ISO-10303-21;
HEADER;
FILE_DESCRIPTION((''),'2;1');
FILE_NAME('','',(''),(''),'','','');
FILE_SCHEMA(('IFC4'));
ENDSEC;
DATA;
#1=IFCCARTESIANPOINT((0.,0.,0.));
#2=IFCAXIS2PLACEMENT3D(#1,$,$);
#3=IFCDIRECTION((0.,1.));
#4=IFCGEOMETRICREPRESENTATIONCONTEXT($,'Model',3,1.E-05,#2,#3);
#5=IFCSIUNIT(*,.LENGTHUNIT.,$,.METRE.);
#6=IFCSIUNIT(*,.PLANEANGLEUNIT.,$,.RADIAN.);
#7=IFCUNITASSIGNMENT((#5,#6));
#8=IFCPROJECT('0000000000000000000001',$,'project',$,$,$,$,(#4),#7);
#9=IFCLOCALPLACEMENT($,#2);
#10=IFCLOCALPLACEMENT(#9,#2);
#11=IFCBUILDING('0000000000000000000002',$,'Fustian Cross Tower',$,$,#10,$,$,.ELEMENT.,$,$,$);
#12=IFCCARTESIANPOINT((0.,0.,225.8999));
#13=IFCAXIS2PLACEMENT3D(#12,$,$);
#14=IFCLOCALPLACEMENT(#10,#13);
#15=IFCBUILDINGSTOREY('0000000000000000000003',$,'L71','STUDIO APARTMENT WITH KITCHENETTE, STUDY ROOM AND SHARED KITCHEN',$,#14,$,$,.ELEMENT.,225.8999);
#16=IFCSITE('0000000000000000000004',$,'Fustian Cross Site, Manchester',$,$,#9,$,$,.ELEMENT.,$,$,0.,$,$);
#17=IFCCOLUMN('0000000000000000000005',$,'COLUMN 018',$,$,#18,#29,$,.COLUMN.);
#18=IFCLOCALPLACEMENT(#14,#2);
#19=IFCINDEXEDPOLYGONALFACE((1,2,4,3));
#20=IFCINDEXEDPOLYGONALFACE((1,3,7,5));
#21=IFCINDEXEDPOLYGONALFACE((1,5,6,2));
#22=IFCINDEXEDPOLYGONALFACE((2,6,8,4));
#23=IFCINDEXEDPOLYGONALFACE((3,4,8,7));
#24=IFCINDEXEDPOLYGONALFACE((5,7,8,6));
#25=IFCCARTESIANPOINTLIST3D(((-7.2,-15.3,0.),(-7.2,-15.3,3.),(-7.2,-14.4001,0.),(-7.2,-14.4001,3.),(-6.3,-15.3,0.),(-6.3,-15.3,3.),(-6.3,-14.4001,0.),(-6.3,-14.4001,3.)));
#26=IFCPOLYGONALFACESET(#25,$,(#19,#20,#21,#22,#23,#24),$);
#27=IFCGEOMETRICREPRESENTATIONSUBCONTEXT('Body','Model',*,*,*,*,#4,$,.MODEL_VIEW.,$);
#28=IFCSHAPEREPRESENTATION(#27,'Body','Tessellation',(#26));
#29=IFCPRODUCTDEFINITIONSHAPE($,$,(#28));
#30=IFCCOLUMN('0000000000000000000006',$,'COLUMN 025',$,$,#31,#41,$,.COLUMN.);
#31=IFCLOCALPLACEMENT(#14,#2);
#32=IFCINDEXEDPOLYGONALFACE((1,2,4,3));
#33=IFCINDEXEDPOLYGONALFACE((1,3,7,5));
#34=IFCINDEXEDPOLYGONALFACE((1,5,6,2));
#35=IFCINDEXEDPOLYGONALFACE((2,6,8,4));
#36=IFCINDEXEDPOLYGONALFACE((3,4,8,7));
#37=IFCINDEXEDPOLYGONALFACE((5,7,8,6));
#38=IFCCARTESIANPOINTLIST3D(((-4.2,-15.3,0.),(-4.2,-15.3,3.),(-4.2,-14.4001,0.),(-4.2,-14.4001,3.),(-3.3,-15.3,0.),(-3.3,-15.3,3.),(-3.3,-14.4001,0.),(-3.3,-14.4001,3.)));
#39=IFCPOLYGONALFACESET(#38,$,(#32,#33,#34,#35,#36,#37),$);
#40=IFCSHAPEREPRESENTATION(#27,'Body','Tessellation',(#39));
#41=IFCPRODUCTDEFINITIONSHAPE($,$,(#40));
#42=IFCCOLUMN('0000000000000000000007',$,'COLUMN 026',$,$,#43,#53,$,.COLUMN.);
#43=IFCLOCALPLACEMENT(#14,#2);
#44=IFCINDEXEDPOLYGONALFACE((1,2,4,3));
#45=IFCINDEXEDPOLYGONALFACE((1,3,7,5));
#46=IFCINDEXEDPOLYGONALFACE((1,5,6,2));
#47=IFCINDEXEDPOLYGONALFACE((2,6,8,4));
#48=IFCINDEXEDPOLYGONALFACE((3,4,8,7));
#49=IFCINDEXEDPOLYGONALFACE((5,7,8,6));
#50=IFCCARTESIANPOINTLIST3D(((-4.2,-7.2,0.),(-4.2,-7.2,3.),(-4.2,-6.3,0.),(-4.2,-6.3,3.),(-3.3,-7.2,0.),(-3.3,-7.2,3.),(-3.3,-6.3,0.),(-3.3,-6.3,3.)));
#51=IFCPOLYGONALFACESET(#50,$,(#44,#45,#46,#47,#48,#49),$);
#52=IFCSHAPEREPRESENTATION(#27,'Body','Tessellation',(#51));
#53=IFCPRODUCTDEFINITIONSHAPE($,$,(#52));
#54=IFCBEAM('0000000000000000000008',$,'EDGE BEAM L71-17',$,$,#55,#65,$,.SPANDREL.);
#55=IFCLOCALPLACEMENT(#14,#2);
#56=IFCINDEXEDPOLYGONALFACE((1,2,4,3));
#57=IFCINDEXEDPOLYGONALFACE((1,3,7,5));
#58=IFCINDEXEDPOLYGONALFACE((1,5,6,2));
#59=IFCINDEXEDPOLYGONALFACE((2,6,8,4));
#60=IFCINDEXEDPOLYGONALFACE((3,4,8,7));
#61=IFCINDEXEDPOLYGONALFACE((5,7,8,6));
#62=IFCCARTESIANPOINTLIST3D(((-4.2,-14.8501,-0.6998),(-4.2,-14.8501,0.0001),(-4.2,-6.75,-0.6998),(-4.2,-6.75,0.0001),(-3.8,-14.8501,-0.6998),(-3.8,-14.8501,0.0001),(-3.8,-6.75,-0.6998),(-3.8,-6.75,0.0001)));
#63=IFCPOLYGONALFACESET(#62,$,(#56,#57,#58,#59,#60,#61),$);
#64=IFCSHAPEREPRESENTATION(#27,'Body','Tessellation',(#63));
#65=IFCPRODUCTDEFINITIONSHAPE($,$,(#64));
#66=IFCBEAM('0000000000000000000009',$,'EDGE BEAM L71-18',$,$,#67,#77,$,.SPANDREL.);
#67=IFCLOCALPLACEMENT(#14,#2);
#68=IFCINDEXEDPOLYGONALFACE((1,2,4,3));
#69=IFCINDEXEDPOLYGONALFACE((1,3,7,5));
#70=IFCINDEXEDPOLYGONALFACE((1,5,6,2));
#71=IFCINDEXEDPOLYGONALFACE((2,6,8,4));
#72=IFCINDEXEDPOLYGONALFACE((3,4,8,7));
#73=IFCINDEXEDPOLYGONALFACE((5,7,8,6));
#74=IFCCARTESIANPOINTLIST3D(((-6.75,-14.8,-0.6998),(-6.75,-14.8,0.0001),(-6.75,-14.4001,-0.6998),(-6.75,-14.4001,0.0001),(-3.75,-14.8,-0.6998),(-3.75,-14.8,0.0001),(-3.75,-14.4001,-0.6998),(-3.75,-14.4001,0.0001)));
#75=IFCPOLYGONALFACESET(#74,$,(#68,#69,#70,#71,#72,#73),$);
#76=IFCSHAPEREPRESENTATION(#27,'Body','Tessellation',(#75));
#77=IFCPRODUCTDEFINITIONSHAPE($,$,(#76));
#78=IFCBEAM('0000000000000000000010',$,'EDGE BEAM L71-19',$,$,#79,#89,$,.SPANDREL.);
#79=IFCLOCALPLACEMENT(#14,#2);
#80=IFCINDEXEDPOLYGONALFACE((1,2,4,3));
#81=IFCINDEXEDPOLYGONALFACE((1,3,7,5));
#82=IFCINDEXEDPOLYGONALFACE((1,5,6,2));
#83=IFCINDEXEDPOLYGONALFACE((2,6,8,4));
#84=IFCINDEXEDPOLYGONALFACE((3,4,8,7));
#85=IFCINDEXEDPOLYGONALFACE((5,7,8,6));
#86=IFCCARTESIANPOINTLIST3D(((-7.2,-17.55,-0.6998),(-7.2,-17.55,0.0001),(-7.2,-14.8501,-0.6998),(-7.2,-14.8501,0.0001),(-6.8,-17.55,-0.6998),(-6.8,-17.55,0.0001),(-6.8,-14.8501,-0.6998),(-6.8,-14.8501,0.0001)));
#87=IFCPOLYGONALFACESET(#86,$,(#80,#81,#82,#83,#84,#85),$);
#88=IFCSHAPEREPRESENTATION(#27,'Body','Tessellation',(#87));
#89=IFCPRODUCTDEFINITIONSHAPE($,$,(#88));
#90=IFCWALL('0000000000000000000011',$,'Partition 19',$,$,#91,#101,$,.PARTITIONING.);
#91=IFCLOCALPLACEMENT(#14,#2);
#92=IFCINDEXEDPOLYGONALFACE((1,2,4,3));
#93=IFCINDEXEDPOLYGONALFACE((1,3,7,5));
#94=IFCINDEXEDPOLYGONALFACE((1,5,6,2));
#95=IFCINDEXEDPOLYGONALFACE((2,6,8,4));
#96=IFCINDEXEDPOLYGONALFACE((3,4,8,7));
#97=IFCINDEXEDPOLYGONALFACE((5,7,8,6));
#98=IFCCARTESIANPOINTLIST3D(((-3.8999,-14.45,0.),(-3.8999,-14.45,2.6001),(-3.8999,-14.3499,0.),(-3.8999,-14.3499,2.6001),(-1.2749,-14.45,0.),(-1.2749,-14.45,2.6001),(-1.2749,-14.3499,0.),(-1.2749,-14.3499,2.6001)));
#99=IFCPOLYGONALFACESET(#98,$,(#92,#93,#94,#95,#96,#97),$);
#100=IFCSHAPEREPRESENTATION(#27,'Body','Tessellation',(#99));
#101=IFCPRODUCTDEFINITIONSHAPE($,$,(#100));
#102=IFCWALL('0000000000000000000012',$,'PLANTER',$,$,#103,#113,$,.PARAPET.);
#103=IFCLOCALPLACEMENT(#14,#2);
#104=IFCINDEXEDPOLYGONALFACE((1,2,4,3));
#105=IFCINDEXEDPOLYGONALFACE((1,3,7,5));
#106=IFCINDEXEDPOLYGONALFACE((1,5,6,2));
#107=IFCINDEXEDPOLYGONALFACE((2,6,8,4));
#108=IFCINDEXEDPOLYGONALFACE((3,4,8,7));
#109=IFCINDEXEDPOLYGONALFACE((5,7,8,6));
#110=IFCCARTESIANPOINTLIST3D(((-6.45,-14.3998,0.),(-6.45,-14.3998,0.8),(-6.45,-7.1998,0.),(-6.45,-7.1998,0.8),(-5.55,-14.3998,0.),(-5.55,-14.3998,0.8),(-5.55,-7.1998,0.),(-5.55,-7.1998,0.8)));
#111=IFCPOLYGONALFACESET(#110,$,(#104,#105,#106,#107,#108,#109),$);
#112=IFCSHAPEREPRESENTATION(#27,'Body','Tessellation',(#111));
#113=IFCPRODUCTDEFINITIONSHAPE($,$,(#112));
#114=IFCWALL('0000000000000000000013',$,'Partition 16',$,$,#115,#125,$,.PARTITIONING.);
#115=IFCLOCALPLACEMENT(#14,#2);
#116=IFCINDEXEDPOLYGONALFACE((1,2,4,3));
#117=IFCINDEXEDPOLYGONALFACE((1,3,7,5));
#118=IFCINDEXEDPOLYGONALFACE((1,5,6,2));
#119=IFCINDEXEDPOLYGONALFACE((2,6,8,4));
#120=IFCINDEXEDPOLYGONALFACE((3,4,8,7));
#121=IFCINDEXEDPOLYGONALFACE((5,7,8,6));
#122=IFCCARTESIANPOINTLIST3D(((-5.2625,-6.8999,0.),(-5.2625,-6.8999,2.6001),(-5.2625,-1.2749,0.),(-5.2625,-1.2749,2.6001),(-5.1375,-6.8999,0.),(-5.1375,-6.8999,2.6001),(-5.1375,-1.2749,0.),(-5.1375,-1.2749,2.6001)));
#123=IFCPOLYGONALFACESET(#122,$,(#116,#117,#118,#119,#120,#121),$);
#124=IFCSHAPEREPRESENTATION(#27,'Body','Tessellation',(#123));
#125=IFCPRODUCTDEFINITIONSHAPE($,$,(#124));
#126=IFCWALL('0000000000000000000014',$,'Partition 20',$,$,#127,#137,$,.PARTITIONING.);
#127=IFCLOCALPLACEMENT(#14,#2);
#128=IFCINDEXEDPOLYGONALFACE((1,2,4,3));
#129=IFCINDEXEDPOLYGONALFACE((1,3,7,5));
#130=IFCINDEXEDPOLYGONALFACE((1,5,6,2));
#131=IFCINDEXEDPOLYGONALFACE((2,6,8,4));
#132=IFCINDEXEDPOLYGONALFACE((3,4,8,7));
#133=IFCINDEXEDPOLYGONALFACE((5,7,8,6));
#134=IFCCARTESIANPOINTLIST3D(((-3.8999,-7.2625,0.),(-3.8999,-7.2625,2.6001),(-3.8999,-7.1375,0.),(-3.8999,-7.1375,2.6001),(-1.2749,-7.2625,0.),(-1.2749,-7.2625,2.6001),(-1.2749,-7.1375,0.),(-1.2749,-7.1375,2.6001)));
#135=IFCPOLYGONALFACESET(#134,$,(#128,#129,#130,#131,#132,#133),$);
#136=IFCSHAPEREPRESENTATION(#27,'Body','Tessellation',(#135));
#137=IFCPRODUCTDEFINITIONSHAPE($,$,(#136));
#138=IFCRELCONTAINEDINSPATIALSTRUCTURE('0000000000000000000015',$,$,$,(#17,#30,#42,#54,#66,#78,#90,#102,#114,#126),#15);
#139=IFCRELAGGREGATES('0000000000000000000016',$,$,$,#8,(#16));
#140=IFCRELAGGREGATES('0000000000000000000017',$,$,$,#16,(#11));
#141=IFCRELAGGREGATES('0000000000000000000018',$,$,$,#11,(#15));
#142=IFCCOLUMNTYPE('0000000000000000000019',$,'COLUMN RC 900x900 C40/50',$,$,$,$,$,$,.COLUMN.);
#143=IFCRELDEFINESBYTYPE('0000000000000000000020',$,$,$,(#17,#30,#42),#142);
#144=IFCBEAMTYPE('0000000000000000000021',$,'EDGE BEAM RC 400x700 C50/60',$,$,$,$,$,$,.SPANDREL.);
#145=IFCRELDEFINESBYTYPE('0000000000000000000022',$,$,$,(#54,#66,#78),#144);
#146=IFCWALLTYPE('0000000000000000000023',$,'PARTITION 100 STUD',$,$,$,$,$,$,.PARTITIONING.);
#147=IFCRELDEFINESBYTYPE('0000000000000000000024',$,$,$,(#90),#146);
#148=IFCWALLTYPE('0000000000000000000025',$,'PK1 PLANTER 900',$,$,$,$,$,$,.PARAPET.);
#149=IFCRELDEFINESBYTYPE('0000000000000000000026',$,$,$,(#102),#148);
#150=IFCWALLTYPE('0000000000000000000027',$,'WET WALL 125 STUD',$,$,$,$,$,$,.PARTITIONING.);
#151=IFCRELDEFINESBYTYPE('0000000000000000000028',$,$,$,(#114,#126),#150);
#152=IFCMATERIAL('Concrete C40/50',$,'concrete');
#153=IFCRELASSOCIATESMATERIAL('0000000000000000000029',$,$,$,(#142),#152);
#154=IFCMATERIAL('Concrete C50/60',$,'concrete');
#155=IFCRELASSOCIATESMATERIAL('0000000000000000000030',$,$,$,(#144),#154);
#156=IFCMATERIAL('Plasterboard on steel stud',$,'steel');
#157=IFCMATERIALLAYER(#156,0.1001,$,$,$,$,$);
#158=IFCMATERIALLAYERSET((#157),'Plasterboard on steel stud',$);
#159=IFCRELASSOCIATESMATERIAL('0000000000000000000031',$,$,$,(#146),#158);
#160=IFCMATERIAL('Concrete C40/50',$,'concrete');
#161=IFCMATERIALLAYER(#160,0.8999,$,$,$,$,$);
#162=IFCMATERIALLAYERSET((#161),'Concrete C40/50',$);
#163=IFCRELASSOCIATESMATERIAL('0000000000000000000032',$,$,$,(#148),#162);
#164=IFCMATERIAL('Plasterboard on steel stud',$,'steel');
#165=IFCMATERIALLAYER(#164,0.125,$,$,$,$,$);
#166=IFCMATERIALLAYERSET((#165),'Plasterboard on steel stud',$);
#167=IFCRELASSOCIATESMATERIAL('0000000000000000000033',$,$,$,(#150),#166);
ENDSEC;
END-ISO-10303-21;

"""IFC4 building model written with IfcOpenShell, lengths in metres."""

from ifc_helpers import new_model, si_unit, direction, frame, frame_2d, origin, origin_2d, place, context, subcontext, project, spatial, rectangle, extrude, material, layer, layer_set, material_profile, profile_set, type_object, element, save


model = new_model("IFC4")

# Units and contexts
model_context = context("Model", 3, precision=1e-05, world=origin(), true_north=direction((0.0, 1.0)))
body_context = subcontext(model_context, "Body", "Model", "MODEL_VIEW")
ifc_project = project(units=[si_unit("LENGTHUNIT", "METRE"), si_unit("PLANEANGLEUNIT", "RADIAN")], contexts=[model_context])

# Site, building, storey
site_placement = place(None, origin())
site = spatial("IfcSite", under=ifc_project, at=site_placement, Name="Fustian Cross Site, Manchester", CompositionType="ELEMENT", RefElevation=0.0)
building_placement = place(site_placement, origin())
building = spatial("IfcBuilding", under=site, at=building_placement, Name="Fustian Cross Tower", CompositionType="ELEMENT")
storey_placement = place(building_placement, frame((0.0, 0.0, 225.8999)))
storey = spatial("IfcBuildingStorey", under=building, at=storey_placement, Name="L71", Description="STUDIO APARTMENT WITH KITCHENETTE, STUDY ROOM AND SHARED KITCHEN", CompositionType="ELEMENT", Elevation=225.8999)

# Columns
ifc_material_1 = material(Name="Concrete C40/50", Category="concrete")
ifc_material_profile_1 = material_profile(ifc_material_1, rectangle(XDim=0.8999, YDim=0.8999, at=origin_2d()), Name="RC 900x900")
ifc_profile_set_1 = profile_set([ifc_material_profile_1], Name="Concrete C40/50")
column_type = type_object("IfcColumnType", Name="COLUMN RC 900x900 C40/50", PredefinedType="COLUMN", material=ifc_profile_set_1)
for number, where, z_axis, x_axis, name in (
    (1, (-6.75, -14.8501, 0.0), (0.0, 0.0, 1.0), (1.0, 0.0, 0.0), "COLUMN 018"),
    (2, (-3.75, -14.8501, 0.0), (0.0, 0.0, 1.0), (1.0, 0.0, 0.0), "COLUMN 025"),
    (3, (-3.75, -6.75, 0.0), (0.0, 0.0, 1.0), (1.0, 0.0, 0.0), "COLUMN 026"),
):
    element("IfcColumn", number, at=place(storey_placement, frame(where, z_axis=z_axis, x_axis=x_axis)), inside=storey, type_object=column_type, Name=name, PredefinedType="COLUMN", context=body_context, shape_type="SweptSolid", body=[
        extrude(rectangle(XDim=0.8999, YDim=0.8999, at=origin_2d()), origin(), (0.0, 0.0, 1.0), 3.0),
    ])

# Beams
ifc_material_2 = material(Name="Concrete C50/60", Category="concrete")
ifc_material_profile_2 = material_profile(ifc_material_2, rectangle(XDim=0.3999, YDim=0.7, at=origin_2d()), Name="RC 400x700")
ifc_profile_set_2 = profile_set([ifc_material_profile_2], Name="Concrete C50/60")
beam_type = type_object("IfcBeamType", Name="EDGE BEAM RC 400x700 C50/60", PredefinedType="SPANDREL", material=ifc_profile_set_2)
beam_1_placement = place(storey_placement, frame((-4.0, -6.75, -0.3499), z_axis=(0.0, -1.0, 0.0), x_axis=(1.0, 0.0, 0.0)))
element("IfcBeam", 4, at=beam_1_placement, inside=storey, type_object=beam_type, Name="EDGE BEAM L71-17", PredefinedType="SPANDREL", context=body_context, shape_type="SweptSolid", body=[
    extrude(rectangle(XDim=0.3999, YDim=0.7, at=origin_2d()), origin(), (0.0, 0.0, 1.0), 8.1001),
])
beam_2_placement = place(storey_placement, frame((-3.75, -14.6001, -0.3499), z_axis=(-1.0, 0.0, 0.0), x_axis=(0.0, -1.0, 0.0)))
element("IfcBeam", 5, at=beam_2_placement, inside=storey, type_object=beam_type, Name="EDGE BEAM L71-18", PredefinedType="SPANDREL", context=body_context, shape_type="SweptSolid", body=[
    extrude(rectangle(XDim=0.3999, YDim=0.7, at=origin_2d()), origin(), (0.0, 0.0, 1.0), 3.0),
])
beam_3_placement = place(storey_placement, frame((-7.0, -14.8501, -0.3499), z_axis=(0.0, -1.0, 0.0), x_axis=(1.0, 0.0, 0.0)))
element("IfcBeam", 6, at=beam_3_placement, inside=storey, type_object=beam_type, Name="EDGE BEAM L71-19", PredefinedType="SPANDREL", context=body_context, shape_type="SweptSolid", body=[
    extrude(rectangle(XDim=0.3999, YDim=0.7, at=origin_2d()), origin(), (0.0, 0.0, 1.0), 2.7),
])

# Walls
ifc_material_3 = material(Name="Plasterboard on steel stud", Category="steel")
ifc_layer_1 = layer(ifc_material_3, 0.1001)
ifc_layer_set_1 = layer_set([ifc_layer_1], Name="Plasterboard on steel stud")
wall_type_1 = type_object("IfcWallType", Name="PARTITION 100 STUD", PredefinedType="PARTITIONING", material=ifc_layer_set_1)
wall_1_placement = place(storey_placement, frame((-3.8999, -14.3999, 0.0), z_axis=(0.0, 0.0, 1.0), x_axis=(1.0, 0.0, 0.0)))
element("IfcWall", 7, at=wall_1_placement, inside=storey, type_object=wall_type_1, Name="Partition 19", PredefinedType="PARTITIONING", context=body_context, shape_type="SweptSolid", body=[
    extrude(rectangle(XDim=2.625, YDim=0.1001, at=frame_2d((1.3125, 0.0))), origin(), (0.0, 0.0, 1.0), 2.6001),
])
ifc_material_4 = material(Name="Concrete C40/50", Category="concrete")
ifc_layer_2 = layer(ifc_material_4, 0.8999)
ifc_layer_set_2 = layer_set([ifc_layer_2], Name="Concrete C40/50")
wall_type_2 = type_object("IfcWallType", Name="PK1 PLANTER 900", PredefinedType="PARAPET", material=ifc_layer_set_2)
wall_2_placement = place(storey_placement, frame((-6.0, -14.3999, 0.0), z_axis=(0.0, 0.0, 1.0), x_axis=(0.0, 1.0, 0.0)))
element("IfcWall", 8, at=wall_2_placement, inside=storey, type_object=wall_type_2, Name="PLANTER", PredefinedType="PARAPET", context=body_context, shape_type="SweptSolid", body=[
    extrude(rectangle(XDim=7.2, YDim=0.8999, at=frame_2d((3.6001, 0.0))), origin(), (0.0, 0.0, 1.0), 0.8),
])
ifc_material_5 = material(Name="Plasterboard on steel stud", Category="steel")
ifc_layer_3 = layer(ifc_material_5, 0.125)
ifc_layer_set_3 = layer_set([ifc_layer_3], Name="Plasterboard on steel stud")
wall_type_3 = type_object("IfcWallType", Name="WET WALL 125 STUD", PredefinedType="PARTITIONING", material=ifc_layer_set_3)
wall_3_placement = place(storey_placement, frame((-5.2, -6.8999, 0.0), z_axis=(0.0, 0.0, 1.0), x_axis=(0.0, 1.0, 0.0)))
element("IfcWall", 9, at=wall_3_placement, inside=storey, type_object=wall_type_3, Name="Partition 16", PredefinedType="PARTITIONING", context=body_context, shape_type="SweptSolid", body=[
    extrude(rectangle(XDim=5.625, YDim=0.125, at=frame_2d((2.8125, 0.0))), origin(), (0.0, 0.0, 1.0), 2.6001),
])
wall_4_placement = place(storey_placement, frame((-3.8999, -7.2, 0.0), z_axis=(0.0, 0.0, 1.0), x_axis=(1.0, 0.0, 0.0)))
element("IfcWall", 10, at=wall_4_placement, inside=storey, type_object=wall_type_3, Name="Partition 20", PredefinedType="PARTITIONING", context=body_context, shape_type="SweptSolid", body=[
    extrude(rectangle(XDim=2.625, YDim=0.125, at=frame_2d((1.3125, 0.0))), origin(), (0.0, 0.0, 1.0), 2.6001),
])

save(model, "model.ifc")
